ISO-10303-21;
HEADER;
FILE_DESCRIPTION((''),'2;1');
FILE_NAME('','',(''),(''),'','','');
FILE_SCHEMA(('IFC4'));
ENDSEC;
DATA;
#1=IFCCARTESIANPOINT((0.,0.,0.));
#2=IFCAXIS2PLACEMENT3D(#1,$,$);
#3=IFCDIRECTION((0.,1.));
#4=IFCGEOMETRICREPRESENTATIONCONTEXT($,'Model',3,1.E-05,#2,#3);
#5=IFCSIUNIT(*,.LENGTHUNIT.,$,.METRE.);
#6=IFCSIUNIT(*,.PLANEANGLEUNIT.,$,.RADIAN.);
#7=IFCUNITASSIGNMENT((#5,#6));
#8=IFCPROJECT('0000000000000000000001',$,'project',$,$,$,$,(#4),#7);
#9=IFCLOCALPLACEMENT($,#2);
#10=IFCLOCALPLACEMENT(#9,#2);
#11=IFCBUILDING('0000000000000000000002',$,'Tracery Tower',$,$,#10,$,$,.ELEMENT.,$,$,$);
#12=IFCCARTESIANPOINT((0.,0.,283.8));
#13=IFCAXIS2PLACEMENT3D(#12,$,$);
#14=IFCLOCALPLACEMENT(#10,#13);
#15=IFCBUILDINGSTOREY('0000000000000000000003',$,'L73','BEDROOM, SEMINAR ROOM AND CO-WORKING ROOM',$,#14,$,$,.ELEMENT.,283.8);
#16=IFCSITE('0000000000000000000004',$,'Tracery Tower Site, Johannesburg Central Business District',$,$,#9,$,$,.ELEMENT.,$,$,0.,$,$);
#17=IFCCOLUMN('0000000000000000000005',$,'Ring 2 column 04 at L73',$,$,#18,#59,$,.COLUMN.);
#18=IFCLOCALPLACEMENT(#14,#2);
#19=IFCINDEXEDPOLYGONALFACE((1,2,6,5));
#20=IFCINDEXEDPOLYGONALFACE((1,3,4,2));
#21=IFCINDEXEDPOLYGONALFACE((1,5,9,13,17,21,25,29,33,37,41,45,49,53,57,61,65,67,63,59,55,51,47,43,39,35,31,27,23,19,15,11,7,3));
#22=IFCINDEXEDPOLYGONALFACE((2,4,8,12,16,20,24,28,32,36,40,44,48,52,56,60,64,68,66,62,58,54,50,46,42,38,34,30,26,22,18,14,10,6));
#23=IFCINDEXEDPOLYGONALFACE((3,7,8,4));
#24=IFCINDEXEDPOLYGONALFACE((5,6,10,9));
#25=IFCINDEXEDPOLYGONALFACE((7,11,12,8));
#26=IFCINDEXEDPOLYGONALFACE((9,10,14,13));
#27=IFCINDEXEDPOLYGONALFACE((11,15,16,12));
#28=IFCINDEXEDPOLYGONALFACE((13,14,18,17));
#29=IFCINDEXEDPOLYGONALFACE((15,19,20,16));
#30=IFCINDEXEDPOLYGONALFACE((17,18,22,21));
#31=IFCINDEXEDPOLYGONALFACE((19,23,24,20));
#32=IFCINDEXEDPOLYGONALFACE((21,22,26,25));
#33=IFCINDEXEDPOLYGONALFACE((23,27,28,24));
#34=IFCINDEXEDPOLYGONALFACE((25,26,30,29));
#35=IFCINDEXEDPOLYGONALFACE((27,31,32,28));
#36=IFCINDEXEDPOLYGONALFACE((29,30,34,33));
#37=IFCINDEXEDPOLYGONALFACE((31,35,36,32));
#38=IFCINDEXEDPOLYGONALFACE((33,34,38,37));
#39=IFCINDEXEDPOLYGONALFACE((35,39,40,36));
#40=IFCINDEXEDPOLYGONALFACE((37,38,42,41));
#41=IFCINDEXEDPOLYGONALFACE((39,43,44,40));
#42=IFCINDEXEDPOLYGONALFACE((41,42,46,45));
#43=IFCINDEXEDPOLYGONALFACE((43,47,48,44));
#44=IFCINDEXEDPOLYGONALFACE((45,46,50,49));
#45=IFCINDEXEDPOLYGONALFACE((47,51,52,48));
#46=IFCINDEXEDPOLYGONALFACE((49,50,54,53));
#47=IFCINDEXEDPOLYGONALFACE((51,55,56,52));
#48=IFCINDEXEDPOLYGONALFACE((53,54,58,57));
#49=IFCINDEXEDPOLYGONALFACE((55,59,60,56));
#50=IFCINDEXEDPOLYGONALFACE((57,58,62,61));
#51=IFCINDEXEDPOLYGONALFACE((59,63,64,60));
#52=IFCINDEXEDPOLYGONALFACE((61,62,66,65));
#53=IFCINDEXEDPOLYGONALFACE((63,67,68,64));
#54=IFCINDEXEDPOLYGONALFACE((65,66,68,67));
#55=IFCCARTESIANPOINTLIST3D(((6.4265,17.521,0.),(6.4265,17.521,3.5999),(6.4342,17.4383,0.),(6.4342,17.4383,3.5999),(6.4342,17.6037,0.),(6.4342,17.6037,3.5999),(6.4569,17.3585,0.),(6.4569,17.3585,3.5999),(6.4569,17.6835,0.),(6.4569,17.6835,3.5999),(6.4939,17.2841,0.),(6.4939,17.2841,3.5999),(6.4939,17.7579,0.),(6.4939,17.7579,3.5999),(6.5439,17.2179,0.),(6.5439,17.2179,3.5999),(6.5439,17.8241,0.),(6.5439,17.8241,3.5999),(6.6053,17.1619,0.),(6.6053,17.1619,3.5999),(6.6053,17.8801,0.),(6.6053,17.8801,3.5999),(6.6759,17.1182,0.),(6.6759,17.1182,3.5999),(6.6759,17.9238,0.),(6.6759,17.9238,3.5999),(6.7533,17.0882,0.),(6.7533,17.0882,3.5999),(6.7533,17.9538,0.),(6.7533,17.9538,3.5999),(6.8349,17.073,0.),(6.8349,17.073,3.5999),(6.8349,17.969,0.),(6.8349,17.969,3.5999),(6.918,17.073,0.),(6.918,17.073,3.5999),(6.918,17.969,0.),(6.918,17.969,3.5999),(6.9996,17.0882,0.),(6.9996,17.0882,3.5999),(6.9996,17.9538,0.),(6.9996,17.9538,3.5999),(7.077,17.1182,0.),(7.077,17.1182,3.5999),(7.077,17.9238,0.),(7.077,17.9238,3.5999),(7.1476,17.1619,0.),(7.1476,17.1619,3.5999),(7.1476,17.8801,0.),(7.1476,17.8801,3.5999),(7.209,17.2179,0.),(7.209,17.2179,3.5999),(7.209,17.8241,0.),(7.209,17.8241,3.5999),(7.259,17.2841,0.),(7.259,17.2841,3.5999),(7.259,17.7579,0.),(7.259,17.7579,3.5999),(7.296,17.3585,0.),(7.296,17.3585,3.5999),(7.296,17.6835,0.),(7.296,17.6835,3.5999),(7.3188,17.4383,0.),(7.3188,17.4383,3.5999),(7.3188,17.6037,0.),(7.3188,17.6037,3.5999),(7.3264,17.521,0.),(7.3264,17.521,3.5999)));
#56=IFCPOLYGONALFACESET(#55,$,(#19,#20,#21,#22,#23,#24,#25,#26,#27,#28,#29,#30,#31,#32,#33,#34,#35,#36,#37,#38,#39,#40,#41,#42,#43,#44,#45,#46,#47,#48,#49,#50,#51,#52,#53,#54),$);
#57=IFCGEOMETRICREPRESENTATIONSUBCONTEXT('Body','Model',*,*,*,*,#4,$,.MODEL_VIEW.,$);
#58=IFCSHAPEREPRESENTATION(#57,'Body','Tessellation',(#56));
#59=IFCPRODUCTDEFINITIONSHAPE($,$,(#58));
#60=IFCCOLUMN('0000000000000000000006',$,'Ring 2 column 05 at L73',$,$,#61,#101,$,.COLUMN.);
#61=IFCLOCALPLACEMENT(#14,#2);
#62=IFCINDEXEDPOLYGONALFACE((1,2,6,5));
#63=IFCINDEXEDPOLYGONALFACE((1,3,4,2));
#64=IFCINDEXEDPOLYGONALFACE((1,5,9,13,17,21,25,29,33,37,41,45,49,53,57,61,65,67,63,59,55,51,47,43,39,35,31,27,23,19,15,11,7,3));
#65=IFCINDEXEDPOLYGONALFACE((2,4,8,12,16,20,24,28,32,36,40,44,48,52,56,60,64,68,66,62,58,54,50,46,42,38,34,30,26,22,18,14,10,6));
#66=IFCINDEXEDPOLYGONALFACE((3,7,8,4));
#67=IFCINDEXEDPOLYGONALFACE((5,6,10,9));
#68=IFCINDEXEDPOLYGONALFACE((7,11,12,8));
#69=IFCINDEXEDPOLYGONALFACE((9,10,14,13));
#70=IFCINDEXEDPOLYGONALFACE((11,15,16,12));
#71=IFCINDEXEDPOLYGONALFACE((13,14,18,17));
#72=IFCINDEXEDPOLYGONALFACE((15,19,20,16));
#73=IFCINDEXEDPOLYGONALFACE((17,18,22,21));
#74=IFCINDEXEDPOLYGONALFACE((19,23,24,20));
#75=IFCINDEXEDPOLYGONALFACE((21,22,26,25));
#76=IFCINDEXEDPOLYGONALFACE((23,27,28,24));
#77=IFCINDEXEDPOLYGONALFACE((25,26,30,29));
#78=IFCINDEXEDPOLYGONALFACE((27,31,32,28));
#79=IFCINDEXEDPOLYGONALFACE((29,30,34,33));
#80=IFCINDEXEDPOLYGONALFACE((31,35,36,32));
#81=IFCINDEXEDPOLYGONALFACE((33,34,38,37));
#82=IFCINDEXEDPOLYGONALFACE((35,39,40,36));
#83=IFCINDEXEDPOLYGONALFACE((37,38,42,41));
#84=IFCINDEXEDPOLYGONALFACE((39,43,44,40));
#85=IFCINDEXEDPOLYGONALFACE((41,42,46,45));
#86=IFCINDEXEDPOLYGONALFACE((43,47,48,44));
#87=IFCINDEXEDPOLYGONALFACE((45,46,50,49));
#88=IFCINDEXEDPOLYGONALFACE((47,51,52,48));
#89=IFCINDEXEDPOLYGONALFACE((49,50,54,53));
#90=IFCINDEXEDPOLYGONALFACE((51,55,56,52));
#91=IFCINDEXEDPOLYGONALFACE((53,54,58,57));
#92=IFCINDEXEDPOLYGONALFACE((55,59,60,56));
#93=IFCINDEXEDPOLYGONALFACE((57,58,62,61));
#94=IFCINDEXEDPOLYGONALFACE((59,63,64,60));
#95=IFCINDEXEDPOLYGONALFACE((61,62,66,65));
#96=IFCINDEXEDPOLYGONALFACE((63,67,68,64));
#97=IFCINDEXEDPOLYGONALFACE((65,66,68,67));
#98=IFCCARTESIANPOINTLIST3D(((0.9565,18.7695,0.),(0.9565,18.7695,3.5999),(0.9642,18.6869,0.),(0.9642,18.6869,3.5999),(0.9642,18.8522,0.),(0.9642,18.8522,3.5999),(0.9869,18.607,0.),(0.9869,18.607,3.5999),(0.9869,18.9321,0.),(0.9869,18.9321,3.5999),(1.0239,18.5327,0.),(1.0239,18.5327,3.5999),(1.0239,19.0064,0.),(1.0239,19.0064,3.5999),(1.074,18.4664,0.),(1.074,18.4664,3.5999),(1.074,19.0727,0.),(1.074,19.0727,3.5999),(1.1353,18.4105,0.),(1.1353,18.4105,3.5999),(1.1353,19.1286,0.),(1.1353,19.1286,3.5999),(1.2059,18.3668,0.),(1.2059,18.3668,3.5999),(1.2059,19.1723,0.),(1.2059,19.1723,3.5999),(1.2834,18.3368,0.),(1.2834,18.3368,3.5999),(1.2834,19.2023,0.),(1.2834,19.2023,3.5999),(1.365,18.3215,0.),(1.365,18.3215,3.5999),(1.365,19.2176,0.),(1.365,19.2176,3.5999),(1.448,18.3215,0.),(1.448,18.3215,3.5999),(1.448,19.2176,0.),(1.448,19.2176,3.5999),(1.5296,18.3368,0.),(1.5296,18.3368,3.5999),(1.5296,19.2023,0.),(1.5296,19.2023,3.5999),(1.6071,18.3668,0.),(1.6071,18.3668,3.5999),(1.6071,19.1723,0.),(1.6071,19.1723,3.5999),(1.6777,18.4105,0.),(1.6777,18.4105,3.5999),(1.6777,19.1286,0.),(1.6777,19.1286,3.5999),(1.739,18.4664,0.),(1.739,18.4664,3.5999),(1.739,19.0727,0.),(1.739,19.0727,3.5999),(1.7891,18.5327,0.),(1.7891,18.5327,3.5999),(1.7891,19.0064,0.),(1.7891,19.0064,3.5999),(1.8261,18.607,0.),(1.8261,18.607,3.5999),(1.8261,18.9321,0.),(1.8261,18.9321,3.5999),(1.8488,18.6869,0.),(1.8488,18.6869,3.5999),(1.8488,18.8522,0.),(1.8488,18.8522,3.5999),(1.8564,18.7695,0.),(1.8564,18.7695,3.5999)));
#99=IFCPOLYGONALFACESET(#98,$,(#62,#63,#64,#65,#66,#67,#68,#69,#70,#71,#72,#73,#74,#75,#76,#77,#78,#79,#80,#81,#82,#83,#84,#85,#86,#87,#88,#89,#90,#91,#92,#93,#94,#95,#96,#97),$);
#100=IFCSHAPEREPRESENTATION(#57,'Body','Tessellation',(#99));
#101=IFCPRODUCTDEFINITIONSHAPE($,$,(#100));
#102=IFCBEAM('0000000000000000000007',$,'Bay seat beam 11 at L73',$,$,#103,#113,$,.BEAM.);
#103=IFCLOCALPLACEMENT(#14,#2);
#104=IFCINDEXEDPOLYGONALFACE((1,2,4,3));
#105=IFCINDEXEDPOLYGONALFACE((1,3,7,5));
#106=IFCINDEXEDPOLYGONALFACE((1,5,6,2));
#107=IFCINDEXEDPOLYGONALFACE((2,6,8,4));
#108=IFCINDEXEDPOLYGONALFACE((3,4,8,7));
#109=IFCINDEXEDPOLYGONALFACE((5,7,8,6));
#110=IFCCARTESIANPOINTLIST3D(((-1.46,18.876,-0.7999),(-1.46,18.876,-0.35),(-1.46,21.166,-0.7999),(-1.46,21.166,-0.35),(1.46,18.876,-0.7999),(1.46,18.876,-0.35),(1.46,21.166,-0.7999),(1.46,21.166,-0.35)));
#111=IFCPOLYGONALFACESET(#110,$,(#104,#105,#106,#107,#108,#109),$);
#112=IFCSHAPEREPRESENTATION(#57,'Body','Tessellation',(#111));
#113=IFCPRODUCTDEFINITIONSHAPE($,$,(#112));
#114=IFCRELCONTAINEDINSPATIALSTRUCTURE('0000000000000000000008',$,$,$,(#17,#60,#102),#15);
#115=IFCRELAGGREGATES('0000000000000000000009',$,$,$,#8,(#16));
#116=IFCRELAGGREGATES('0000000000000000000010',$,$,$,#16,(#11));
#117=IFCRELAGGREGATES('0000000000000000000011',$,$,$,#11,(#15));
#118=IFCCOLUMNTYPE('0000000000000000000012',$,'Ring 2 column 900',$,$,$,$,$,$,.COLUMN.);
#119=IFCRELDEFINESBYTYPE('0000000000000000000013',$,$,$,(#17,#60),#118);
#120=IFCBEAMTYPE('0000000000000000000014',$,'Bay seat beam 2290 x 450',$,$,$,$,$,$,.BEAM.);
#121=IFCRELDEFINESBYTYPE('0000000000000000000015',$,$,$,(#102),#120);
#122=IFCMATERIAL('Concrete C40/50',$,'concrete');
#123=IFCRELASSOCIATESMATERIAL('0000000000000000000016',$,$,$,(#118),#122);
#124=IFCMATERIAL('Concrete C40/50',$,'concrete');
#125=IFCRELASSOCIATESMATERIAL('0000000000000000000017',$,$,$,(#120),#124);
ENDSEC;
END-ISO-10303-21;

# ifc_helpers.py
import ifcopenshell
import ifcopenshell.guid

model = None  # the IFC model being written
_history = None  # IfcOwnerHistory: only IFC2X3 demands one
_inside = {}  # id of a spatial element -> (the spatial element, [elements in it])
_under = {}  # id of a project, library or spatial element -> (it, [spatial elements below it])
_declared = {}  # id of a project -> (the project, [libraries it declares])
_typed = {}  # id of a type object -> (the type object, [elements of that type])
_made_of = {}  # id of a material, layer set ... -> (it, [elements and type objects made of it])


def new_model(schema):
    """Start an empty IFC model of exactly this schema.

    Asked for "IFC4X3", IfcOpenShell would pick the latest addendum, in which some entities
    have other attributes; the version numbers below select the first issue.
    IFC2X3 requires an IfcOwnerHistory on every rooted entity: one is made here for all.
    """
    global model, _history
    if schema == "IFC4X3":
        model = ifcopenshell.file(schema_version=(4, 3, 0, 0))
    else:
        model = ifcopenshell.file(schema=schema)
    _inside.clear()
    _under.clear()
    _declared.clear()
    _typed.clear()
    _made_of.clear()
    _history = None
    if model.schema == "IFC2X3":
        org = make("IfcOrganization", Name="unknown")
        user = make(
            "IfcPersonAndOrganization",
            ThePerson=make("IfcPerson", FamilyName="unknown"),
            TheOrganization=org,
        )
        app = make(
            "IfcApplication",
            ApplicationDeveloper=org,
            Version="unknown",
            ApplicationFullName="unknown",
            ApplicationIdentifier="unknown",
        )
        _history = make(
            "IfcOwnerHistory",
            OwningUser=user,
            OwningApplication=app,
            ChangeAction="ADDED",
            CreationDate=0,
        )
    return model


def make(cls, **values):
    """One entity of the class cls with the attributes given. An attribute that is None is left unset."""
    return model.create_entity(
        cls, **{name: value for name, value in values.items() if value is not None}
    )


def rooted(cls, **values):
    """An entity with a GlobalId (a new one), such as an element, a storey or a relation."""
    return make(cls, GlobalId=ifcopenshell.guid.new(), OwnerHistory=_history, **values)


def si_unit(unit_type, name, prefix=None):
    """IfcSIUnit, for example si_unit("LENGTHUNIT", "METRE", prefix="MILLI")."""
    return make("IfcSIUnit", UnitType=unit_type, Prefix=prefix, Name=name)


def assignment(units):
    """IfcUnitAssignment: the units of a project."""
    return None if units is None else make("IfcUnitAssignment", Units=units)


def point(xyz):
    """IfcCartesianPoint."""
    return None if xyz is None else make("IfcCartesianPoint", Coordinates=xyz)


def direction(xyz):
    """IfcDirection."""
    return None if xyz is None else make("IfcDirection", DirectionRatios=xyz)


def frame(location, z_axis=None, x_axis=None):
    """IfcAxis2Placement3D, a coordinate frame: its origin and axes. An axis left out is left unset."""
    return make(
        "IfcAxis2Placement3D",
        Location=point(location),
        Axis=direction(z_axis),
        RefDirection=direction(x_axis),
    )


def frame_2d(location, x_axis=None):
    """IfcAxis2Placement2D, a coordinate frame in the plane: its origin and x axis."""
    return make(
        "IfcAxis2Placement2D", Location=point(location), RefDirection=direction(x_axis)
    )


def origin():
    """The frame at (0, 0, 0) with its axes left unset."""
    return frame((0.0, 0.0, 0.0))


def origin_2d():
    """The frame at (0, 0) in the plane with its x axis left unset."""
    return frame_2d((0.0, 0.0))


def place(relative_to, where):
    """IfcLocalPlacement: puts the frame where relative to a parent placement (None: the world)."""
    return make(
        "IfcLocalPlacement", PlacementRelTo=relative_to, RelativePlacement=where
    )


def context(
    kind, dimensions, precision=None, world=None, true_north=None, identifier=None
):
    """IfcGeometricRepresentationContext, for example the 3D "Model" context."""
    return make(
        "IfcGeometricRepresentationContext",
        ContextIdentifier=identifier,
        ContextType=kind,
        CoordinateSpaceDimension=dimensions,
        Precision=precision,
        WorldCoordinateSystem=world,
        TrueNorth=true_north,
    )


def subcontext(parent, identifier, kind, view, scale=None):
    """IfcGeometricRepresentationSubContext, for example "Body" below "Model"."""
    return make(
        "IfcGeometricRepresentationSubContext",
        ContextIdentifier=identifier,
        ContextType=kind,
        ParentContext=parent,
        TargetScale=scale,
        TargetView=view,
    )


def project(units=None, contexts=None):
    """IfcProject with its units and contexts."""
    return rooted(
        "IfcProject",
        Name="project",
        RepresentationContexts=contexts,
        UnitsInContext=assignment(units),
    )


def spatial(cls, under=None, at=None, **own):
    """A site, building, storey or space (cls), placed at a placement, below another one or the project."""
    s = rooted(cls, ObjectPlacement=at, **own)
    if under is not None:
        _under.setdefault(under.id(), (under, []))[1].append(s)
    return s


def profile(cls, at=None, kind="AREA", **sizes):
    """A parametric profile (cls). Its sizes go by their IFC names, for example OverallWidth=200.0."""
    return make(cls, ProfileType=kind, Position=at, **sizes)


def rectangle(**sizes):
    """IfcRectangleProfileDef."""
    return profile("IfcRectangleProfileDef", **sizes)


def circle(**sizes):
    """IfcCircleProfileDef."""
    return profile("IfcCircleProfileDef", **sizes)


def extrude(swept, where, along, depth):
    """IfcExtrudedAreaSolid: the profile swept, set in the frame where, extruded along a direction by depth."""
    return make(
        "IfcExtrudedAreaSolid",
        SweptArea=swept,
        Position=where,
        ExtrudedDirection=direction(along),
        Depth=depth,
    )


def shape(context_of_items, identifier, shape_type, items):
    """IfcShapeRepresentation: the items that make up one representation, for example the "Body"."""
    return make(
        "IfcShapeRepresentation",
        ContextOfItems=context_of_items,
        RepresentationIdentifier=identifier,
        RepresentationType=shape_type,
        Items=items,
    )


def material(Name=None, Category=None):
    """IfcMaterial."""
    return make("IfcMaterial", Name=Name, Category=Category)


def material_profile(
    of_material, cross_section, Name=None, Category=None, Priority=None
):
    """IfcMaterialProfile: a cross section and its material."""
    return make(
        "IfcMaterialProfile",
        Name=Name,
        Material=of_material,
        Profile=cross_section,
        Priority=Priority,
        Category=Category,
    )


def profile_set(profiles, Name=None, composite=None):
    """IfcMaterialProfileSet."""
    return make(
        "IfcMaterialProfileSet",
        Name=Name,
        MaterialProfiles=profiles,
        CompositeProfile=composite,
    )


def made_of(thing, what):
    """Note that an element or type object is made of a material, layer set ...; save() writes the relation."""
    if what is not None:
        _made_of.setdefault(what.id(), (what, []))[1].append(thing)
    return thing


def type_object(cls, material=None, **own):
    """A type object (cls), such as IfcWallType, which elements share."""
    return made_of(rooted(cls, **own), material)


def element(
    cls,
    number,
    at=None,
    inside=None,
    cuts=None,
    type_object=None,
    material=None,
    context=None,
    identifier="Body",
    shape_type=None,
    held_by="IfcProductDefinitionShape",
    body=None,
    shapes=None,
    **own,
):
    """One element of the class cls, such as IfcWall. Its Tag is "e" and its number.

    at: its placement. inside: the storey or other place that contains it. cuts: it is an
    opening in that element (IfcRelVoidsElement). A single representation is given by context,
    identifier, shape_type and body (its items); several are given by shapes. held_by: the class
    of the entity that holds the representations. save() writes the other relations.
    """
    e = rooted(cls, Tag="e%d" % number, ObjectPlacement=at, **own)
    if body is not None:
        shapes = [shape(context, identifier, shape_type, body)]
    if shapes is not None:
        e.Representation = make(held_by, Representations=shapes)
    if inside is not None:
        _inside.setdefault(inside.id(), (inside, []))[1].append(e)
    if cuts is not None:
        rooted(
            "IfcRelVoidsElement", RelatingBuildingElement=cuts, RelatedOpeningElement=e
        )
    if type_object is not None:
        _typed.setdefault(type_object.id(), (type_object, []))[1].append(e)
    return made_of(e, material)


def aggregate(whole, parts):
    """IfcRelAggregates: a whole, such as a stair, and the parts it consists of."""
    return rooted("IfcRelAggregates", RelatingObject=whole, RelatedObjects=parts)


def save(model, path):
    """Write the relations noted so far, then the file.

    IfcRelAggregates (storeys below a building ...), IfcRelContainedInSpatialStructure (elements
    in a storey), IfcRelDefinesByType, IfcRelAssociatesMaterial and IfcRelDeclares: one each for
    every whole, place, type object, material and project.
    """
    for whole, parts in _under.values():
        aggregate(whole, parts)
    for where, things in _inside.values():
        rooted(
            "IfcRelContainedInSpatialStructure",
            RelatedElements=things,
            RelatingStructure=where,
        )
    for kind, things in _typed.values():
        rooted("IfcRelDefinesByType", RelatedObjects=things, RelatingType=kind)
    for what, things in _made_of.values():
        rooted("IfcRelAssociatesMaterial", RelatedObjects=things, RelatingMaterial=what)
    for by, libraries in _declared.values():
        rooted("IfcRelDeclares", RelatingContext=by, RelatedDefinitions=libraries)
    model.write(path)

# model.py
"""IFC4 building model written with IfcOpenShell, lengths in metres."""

from ifc_helpers import new_model, si_unit, direction, frame, origin, origin_2d, place, context, subcontext, project, spatial, rectangle, circle, extrude, material, material_profile, profile_set, type_object, element, save


model = new_model("IFC4")

# Units and contexts
model_context = context("Model", 3, precision=1e-05, world=origin(), true_north=direction((0.0, 1.0)))
body_context = subcontext(model_context, "Body", "Model", "MODEL_VIEW")
ifc_project = project(units=[si_unit("LENGTHUNIT", "METRE"), si_unit("PLANEANGLEUNIT", "RADIAN")], contexts=[model_context])

# Site, building, storey
site_placement = place(None, origin())
site = spatial("IfcSite", under=ifc_project, at=site_placement, Name="Tracery Tower Site, Johannesburg Central Business District", CompositionType="ELEMENT", RefElevation=0.0)
building_placement = place(site_placement, origin())
building = spatial("IfcBuilding", under=site, at=building_placement, Name="Tracery Tower", CompositionType="ELEMENT")
storey_placement = place(building_placement, frame((0.0, 0.0, 283.8)))
storey = spatial("IfcBuildingStorey", under=building, at=storey_placement, Name="L73", Description="BEDROOM, SEMINAR ROOM AND CO-WORKING ROOM", CompositionType="ELEMENT", Elevation=283.8)

# Columns
ifc_material_1 = material(Name="Concrete C40/50", Category="concrete")
ifc_material_profile_1 = material_profile(ifc_material_1, circle(Radius=0.45, at=origin_2d()), Name="RC D900")
ifc_profile_set_1 = profile_set([ifc_material_profile_1], Name="Concrete C40/50")
column_type = type_object("IfcColumnType", Name="Ring 2 column 900", PredefinedType="COLUMN", material=ifc_profile_set_1)
for number, where, z_axis, x_axis, name in (
    (1, (6.8765, 17.521, 0.0), (0.0, 0.0, 1.0), (1.0, 0.0, 0.0), "Ring 2 column 04 at L73"),
    (2, (1.4065, 18.7695, 0.0), (0.0, 0.0, 1.0), (1.0, 0.0, 0.0), "Ring 2 column 05 at L73"),
):
    element("IfcColumn", number, at=place(storey_placement, frame(where, z_axis=z_axis, x_axis=x_axis)), inside=storey, type_object=column_type, Name=name, PredefinedType="COLUMN", context=body_context, shape_type="SweptSolid", body=[
        extrude(circle(Radius=0.45, at=origin_2d()), origin(), (0.0, 0.0, 1.0), 3.5999),
    ])

# Beam
ifc_material_2 = material(Name="Concrete C40/50", Category="concrete")
ifc_material_profile_2 = material_profile(ifc_material_2, rectangle(XDim=2.29, YDim=0.45, at=origin_2d()), Name="RC 2290x450")
ifc_profile_set_2 = profile_set([ifc_material_profile_2], Name="Concrete C40/50")
beam_type = type_object("IfcBeamType", Name="Bay seat beam 2290 x 450", PredefinedType="BEAM", material=ifc_profile_set_2)
beam_placement = place(storey_placement, frame((1.46, 20.021, -0.575), z_axis=(-1.0, 0.0, 0.0), x_axis=(0.0, -1.0, 0.0)))
element("IfcBeam", 3, at=beam_placement, inside=storey, type_object=beam_type, Name="Bay seat beam 11 at L73", PredefinedType="BEAM", context=body_context, shape_type="SweptSolid", body=[
    extrude(rectangle(XDim=2.29, YDim=0.45, at=origin_2d()), origin(), (0.0, 0.0, 1.0), 2.9199),
])

save(model, "model.ifc")
